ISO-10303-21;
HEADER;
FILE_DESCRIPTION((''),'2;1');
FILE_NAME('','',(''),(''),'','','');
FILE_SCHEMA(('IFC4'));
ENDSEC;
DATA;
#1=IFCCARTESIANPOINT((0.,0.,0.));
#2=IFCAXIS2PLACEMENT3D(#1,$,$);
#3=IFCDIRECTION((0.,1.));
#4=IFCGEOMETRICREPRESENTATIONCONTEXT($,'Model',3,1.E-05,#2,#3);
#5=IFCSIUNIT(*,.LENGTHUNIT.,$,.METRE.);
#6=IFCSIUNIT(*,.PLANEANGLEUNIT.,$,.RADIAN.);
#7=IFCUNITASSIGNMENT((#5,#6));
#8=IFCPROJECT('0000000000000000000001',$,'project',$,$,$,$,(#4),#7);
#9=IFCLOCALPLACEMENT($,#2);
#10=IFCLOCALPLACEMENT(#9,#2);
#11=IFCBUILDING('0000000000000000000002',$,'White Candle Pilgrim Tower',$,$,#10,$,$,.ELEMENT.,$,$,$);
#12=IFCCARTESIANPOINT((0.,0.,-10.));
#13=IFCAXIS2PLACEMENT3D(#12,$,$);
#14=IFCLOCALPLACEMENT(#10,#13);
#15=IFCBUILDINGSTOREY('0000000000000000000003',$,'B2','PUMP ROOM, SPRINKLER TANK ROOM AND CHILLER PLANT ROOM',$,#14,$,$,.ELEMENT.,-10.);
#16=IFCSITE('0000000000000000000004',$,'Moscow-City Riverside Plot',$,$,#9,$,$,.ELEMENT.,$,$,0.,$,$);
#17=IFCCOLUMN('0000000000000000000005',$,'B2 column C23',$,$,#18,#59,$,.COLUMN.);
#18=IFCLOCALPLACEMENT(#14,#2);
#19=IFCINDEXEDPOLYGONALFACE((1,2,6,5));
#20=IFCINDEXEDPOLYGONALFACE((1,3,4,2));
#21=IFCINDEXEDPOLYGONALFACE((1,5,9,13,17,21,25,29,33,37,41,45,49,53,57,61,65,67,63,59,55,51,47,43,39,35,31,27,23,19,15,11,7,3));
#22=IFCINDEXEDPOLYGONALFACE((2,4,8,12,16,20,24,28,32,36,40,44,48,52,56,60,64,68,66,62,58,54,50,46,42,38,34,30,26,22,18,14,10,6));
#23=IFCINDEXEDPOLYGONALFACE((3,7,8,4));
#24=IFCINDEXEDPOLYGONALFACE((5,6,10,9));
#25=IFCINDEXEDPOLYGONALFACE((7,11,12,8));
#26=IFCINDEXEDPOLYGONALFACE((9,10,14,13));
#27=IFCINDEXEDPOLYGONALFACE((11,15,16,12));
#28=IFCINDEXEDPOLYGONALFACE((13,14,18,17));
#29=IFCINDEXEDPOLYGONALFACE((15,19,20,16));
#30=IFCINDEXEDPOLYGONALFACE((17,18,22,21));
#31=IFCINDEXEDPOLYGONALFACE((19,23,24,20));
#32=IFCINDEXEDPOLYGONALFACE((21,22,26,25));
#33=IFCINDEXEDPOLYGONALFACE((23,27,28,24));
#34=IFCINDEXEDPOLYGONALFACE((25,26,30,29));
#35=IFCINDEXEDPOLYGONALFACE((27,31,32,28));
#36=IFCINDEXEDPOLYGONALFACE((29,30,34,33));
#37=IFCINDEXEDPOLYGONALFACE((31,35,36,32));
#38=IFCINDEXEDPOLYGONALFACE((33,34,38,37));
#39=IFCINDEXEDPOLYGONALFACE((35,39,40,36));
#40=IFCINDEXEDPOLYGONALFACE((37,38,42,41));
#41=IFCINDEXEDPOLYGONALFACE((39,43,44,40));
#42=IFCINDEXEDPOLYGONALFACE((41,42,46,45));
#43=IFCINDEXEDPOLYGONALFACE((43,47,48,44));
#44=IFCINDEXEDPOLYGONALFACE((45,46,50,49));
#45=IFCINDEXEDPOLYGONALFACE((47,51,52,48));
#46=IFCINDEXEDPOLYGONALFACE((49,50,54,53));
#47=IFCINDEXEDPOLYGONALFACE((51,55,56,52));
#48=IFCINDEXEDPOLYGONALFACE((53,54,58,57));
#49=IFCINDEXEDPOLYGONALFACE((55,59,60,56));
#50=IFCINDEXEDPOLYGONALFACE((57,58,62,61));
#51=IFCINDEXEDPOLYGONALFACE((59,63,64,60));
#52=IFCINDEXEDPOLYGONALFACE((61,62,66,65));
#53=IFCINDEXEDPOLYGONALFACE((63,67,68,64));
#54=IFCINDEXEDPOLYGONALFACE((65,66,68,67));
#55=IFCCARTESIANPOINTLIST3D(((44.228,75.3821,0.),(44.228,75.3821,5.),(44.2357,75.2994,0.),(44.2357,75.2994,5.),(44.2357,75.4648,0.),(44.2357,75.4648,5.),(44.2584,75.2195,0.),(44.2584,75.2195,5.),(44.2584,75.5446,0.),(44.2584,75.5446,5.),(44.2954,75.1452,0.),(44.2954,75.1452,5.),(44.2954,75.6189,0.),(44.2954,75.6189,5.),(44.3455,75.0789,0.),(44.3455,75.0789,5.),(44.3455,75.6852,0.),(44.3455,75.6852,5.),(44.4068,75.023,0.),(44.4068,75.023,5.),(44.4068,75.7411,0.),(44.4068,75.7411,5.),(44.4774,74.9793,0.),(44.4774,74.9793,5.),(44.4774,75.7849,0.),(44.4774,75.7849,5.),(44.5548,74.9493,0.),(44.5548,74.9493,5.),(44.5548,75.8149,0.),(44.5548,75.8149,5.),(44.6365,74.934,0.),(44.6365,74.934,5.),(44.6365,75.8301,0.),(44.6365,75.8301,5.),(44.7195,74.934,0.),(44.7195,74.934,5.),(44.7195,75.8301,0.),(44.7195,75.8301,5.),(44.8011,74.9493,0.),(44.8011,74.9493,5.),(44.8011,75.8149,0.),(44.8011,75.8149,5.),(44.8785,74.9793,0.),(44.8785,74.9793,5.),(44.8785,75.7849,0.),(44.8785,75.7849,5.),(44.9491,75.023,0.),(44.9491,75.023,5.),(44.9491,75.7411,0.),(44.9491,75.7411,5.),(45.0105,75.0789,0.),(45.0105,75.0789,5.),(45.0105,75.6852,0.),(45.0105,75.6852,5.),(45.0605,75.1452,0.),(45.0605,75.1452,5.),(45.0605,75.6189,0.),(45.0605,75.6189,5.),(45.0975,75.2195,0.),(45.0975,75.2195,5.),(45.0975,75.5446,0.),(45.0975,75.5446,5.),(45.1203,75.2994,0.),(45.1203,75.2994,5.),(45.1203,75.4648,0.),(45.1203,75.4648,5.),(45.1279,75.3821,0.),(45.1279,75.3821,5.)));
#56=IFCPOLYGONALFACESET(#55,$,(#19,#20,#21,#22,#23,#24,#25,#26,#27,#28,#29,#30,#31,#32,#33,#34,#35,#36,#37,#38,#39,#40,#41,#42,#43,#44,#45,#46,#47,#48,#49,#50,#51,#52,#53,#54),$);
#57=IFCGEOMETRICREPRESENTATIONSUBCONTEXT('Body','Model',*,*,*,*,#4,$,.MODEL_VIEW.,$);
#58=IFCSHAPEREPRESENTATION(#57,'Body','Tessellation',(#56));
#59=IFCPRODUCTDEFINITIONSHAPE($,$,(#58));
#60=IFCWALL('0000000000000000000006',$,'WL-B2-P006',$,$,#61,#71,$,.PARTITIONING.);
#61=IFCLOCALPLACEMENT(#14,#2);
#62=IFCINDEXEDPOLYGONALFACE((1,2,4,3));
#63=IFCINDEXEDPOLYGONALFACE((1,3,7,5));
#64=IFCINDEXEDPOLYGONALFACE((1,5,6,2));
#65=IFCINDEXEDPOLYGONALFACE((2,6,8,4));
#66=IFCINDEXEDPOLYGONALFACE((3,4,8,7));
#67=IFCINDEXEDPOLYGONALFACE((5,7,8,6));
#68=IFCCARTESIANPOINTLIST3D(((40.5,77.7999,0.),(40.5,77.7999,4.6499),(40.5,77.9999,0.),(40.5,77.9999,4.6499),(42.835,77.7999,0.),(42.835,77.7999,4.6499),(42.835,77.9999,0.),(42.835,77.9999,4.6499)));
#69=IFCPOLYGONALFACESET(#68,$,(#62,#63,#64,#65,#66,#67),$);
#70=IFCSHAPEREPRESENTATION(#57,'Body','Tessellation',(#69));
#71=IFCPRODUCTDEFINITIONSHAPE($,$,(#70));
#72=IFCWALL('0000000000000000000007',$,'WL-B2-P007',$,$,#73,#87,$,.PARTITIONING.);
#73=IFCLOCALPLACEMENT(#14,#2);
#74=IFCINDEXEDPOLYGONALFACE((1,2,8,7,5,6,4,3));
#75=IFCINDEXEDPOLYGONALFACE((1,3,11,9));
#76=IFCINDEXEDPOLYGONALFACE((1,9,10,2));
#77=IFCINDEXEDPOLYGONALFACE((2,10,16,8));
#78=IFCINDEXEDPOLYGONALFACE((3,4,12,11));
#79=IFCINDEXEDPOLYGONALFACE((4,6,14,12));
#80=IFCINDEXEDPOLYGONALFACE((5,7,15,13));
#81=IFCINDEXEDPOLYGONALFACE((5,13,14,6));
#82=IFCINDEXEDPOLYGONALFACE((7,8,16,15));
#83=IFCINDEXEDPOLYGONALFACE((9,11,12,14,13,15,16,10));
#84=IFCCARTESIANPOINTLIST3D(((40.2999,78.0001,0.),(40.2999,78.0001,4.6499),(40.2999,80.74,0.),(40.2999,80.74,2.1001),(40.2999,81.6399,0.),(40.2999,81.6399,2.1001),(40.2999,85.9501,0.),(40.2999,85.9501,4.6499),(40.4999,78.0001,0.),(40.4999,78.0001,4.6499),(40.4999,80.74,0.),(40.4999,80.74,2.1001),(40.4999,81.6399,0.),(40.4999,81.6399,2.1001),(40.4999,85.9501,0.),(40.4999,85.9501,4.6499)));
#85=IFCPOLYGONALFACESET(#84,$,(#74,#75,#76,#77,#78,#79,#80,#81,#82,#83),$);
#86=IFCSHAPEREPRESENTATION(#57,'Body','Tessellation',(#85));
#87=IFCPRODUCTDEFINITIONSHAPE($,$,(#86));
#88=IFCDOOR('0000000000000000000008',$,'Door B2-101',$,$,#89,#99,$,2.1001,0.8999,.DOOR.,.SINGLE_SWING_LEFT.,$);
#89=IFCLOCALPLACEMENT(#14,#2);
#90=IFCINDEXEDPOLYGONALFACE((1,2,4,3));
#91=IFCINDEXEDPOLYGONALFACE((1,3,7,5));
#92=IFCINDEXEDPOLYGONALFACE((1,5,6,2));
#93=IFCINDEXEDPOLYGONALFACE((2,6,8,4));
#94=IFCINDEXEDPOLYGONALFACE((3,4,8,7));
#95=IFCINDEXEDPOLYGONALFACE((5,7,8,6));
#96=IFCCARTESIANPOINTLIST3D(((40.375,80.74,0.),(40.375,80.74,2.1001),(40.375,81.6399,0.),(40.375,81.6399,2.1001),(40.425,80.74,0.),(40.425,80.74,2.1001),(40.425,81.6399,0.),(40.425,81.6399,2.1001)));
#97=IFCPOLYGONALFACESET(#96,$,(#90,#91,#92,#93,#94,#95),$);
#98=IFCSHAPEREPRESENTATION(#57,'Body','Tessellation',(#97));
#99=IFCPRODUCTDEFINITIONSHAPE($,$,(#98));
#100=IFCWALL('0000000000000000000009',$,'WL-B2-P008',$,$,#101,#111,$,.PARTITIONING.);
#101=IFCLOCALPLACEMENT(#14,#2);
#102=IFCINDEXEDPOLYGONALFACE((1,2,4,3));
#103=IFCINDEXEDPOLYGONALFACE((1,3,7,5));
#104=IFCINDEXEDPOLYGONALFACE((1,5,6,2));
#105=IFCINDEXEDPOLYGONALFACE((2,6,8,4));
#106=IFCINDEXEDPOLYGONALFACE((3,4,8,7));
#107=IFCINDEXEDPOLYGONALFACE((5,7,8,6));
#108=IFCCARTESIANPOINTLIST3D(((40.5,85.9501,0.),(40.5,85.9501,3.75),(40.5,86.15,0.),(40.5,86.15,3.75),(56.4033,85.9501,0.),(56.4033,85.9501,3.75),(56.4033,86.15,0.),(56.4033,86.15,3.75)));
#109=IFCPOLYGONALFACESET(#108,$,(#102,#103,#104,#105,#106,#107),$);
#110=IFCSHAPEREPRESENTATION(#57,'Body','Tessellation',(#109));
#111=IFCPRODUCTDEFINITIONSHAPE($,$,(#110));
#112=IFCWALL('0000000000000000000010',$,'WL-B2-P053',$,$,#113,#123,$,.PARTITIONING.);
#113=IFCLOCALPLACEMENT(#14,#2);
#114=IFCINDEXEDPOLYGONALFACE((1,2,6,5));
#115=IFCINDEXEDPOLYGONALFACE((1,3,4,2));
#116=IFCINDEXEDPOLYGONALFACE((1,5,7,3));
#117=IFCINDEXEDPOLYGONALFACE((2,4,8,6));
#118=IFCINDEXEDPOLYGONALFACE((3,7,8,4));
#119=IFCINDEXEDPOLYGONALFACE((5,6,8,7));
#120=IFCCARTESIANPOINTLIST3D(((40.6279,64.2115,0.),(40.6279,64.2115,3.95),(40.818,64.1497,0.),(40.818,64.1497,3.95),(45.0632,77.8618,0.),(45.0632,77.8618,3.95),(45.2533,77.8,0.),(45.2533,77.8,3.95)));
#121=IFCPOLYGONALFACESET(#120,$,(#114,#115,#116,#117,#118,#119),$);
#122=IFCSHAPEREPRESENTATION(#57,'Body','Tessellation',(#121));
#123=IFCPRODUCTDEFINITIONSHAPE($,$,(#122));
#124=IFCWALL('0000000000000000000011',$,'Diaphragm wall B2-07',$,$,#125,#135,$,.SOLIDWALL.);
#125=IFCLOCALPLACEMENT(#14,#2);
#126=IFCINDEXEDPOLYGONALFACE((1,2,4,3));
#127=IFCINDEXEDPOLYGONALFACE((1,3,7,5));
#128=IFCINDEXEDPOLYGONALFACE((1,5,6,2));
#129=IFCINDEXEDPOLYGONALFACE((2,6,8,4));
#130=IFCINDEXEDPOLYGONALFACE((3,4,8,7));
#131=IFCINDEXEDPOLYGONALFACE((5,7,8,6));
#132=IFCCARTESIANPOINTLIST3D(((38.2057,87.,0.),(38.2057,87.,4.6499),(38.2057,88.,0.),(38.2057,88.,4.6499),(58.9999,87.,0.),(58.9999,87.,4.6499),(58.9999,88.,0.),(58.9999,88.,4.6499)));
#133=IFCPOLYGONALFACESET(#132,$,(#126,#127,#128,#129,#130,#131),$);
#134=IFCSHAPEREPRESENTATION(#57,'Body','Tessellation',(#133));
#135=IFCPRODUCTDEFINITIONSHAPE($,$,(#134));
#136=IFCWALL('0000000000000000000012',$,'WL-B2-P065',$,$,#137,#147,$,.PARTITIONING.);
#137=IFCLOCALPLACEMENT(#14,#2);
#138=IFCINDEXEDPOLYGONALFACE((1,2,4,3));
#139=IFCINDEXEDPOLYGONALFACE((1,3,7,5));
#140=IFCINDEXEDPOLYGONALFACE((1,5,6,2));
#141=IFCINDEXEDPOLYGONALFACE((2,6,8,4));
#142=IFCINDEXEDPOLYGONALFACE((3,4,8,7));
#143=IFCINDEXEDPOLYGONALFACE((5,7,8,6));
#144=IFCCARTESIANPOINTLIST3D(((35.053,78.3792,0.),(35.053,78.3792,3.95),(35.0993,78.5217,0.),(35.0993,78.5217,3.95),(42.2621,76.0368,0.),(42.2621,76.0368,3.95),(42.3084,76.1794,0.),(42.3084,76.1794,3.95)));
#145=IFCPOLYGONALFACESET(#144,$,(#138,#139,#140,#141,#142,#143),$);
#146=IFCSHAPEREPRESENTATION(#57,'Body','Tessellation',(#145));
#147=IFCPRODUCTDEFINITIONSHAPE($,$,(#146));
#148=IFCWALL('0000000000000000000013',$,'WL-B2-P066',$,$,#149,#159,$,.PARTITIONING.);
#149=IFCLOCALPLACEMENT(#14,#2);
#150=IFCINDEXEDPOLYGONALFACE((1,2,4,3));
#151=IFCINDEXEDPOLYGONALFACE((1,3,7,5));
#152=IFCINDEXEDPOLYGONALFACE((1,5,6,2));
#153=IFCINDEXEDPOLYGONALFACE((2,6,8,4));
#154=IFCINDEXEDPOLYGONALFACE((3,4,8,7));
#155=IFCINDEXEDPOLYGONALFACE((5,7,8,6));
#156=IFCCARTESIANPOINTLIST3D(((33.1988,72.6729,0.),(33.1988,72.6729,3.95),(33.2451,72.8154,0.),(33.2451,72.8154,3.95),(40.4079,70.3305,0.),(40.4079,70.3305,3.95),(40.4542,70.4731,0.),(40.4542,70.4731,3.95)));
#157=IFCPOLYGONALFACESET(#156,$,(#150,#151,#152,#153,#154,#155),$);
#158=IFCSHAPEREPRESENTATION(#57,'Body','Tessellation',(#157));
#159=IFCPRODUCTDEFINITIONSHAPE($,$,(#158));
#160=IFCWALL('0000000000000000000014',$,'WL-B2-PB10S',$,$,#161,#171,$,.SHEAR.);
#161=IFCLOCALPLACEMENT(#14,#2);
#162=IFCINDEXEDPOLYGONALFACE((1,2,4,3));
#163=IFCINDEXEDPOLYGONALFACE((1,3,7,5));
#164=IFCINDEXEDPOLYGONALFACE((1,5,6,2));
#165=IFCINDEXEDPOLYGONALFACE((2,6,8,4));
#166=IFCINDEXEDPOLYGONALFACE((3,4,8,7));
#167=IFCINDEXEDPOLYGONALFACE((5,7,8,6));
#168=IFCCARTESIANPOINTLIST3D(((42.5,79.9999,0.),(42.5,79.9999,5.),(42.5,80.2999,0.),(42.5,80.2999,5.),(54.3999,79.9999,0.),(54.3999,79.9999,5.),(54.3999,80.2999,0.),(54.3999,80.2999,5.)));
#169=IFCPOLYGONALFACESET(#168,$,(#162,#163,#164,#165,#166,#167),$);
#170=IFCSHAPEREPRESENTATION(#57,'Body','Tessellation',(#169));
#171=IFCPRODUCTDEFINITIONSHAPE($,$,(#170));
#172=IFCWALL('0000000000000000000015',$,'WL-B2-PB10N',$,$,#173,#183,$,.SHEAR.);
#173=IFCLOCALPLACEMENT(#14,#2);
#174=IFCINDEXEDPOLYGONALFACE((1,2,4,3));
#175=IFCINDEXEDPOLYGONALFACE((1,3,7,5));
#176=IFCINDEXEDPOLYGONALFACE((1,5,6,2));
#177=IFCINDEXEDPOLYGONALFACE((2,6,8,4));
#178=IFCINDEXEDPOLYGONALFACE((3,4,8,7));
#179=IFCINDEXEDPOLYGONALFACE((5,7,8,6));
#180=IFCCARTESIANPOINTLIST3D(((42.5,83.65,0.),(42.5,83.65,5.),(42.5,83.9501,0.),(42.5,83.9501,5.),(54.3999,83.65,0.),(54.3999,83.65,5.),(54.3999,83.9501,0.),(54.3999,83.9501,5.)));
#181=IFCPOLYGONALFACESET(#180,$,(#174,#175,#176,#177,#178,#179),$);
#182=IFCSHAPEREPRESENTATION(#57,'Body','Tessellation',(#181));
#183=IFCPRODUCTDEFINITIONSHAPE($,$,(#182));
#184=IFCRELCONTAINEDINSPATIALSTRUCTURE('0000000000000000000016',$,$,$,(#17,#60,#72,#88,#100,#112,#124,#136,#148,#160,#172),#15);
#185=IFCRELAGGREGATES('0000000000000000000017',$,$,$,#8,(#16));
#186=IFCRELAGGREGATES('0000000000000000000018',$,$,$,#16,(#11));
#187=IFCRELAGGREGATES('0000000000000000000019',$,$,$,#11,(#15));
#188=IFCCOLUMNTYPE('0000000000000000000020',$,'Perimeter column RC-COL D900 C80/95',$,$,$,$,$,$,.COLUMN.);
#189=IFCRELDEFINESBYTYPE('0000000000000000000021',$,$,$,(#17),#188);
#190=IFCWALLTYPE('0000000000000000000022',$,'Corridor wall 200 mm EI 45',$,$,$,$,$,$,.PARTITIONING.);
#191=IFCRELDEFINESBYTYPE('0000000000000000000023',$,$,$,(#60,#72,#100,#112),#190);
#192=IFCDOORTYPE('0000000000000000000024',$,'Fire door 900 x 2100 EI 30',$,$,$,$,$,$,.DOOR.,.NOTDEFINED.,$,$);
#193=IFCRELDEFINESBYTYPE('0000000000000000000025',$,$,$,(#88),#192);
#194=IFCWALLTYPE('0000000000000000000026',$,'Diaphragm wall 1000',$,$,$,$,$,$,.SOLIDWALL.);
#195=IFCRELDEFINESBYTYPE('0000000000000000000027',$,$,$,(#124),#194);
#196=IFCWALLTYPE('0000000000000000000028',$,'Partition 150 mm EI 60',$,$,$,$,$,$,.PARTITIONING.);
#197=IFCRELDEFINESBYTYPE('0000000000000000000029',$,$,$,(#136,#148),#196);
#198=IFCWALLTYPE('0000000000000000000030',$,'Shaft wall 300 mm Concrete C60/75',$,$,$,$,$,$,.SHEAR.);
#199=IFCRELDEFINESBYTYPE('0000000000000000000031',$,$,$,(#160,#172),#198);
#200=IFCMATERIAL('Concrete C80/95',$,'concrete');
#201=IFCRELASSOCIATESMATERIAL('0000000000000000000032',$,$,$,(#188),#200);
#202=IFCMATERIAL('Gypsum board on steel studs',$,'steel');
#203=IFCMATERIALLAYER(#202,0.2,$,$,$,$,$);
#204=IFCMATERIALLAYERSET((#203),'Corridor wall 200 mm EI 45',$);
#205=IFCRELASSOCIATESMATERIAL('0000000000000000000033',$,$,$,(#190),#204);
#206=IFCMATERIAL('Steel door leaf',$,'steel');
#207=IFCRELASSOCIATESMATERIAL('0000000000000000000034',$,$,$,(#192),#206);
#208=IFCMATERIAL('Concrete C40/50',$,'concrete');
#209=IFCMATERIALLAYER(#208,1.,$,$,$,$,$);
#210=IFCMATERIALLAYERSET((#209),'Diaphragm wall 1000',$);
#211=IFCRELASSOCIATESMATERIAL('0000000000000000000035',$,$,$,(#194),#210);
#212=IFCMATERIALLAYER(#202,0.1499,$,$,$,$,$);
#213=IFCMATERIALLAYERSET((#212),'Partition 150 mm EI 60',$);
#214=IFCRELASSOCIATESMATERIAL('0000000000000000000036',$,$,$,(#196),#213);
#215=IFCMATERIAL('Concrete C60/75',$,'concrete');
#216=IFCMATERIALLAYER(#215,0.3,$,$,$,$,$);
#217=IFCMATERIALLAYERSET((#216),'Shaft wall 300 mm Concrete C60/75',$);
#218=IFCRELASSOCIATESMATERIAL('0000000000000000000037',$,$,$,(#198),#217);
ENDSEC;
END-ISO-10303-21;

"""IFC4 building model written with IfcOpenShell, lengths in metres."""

from ifc_helpers import new_model, si_unit, direction, frame, frame_2d, origin, origin_2d, place, context, subcontext, project, spatial, rectangle, circle, extrude, material, layer, layer_set, material_profile, profile_set, type_object, element, fill, save


model = new_model("IFC4")

# Units and contexts
model_context = context("Model", 3, precision=1e-05, world=origin(), true_north=direction((0.0, 1.0)))
body_context = subcontext(model_context, "Body", "Model", "MODEL_VIEW")
ifc_project = project(units=[si_unit("LENGTHUNIT", "METRE"), si_unit("PLANEANGLEUNIT", "RADIAN")], contexts=[model_context])

# Site, building, storey
site_placement = place(None, origin())
site = spatial("IfcSite", under=ifc_project, at=site_placement, Name="Moscow-City Riverside Plot", CompositionType="ELEMENT", RefElevation=0.0)
building_placement = place(site_placement, origin())
building = spatial("IfcBuilding", under=site, at=building_placement, Name="White Candle Pilgrim Tower", CompositionType="ELEMENT")
storey_placement = place(building_placement, frame((0.0, 0.0, -10.0)))
storey = spatial("IfcBuildingStorey", under=building, at=storey_placement, Name="B2", Description="PUMP ROOM, SPRINKLER TANK ROOM AND CHILLER PLANT ROOM", CompositionType="ELEMENT", Elevation=-10.0)

# Shared definitions
ifc_material_1 = material(Name="Concrete C40/50", Category="concrete")

# Column
ifc_material_2 = material(Name="Concrete C80/95", Category="concrete")
ifc_material_profile_1 = material_profile(ifc_material_2, circle(Radius=0.45, at=origin_2d()), Name="RC-COL D900")
ifc_profile_set_1 = profile_set([ifc_material_profile_1], Name="Concrete C80/95")
column_type = type_object("IfcColumnType", Name="Perimeter column RC-COL D900 C80/95", PredefinedType="COLUMN", material=ifc_profile_set_1)
for number, where, z_axis, x_axis, name in (
    (1, (44.678, 75.3821, 0.0), (0.0, 0.0, 1.0), (1.0, 0.0, 0.0), "B2 column C23"),
):
    element("IfcColumn", number, at=place(storey_placement, frame(where, z_axis=z_axis, x_axis=x_axis)), inside=storey, type_object=column_type, Name=name, PredefinedType="COLUMN", context=body_context, shape_type="SweptSolid", body=[
        extrude(circle(Radius=0.45, at=origin_2d()), origin(), (0.0, 0.0, 1.0), 5.0),
    ])

# Wall
ifc_material_3 = material(Name="Gypsum board on steel studs", Category="steel")
ifc_layer_1 = layer(ifc_material_3, 0.2)
ifc_layer_set_1 = layer_set([ifc_layer_1], Name="Corridor wall 200 mm EI 45")
wall_type_1 = type_object("IfcWallType", Name="Corridor wall 200 mm EI 45", PredefinedType="PARTITIONING", material=ifc_layer_set_1)
wall_1_placement = place(storey_placement, frame((42.835, 77.8999, 0.0), z_axis=(0.0, 0.0, 1.0), x_axis=(-1.0, 0.0, 0.0)))
element("IfcWall", 2, at=wall_1_placement, inside=storey, type_object=wall_type_1, Name="WL-B2-P006", PredefinedType="PARTITIONING", context=body_context, shape_type="SweptSolid", body=[
    extrude(rectangle(XDim=2.335, YDim=0.2, at=frame_2d((1.1675, 0.0))), origin(), (0.0, 0.0, 1.0), 4.6499),
])

# Wall, opening, door
wall_2_placement = place(storey_placement, frame((40.3999, 78.0, 0.0), z_axis=(0.0, 0.0, 1.0), x_axis=(0.0, 1.0, 0.0)))
wall_2 = element("IfcWall", 3, at=wall_2_placement, inside=storey, type_object=wall_type_1, Name="WL-B2-P007", PredefinedType="PARTITIONING", context=body_context, shape_type="SweptSolid", body=[
    extrude(rectangle(XDim=7.95, YDim=0.2, at=frame_2d((3.9751, 0.0))), origin(), (0.0, 0.0, 1.0), 4.6499),
])
opening_placement = place(wall_2_placement, frame((2.74, 0.0, 0.0)))
opening = element("IfcOpeningElement", 4, at=opening_placement, cuts=wall_2, PredefinedType="OPENING", context=body_context, shape_type="SweptSolid", body=[
    extrude(rectangle(XDim=0.8999, YDim=2.1001, at=frame_2d((0.45, 1.05))), frame((0.0, 0.1099, 0.0), z_axis=(0.0, -1.0, 0.0), x_axis=(1.0, 0.0, 0.0)), (0.0, 0.0, 1.0), 0.22),
])
ifc_material_4 = material(Name="Steel door leaf", Category="steel")
door_type = type_object("IfcDoorType", Name="Fire door 900 x 2100 EI 30", OperationType="NOTDEFINED", PredefinedType="DOOR", material=ifc_material_4)
door_placement = place(opening_placement, origin())
door = element("IfcDoor", 5, at=door_placement, inside=storey, type_object=door_type, Name="Door B2-101", OperationType="SINGLE_SWING_LEFT", OverallHeight=2.1001, OverallWidth=0.8999, PredefinedType="DOOR", context=body_context, shape_type="SweptSolid", body=[
    extrude(rectangle(XDim=0.8999, YDim=2.1001, at=frame_2d((0.45, 1.05))), frame((0.0, 0.0249, 0.0), z_axis=(0.0, -1.0, 0.0), x_axis=(1.0, 0.0, 0.0)), (0.0, 0.0, 1.0), 0.05),
])
fill(opening, door)

# Walls
wall_3_placement = place(storey_placement, frame((40.5, 86.05, 0.0), z_axis=(0.0, 0.0, 1.0), x_axis=(1.0, 0.0, 0.0)))
element("IfcWall", 6, at=wall_3_placement, inside=storey, type_object=wall_type_1, Name="WL-B2-P008", PredefinedType="PARTITIONING", context=body_context, shape_type="SweptSolid", body=[
    extrude(rectangle(XDim=15.9033, YDim=0.2, at=frame_2d((7.9517, 0.0))), origin(), (0.0, 0.0, 1.0), 3.75),
])
wall_4_placement = place(storey_placement, frame((45.1582, 77.8308, 0.0), z_axis=(0.0, 0.0, 1.0), x_axis=(-0.309018, -0.951056, 0.0)))
element("IfcWall", 7, at=wall_4_placement, inside=storey, type_object=wall_type_1, Name="WL-B2-P053", PredefinedType="PARTITIONING", context=body_context, shape_type="SweptSolid", body=[
    extrude(rectangle(XDim=14.3528, YDim=0.2, at=frame_2d((7.1763, 0.0))), origin(), (0.0, 0.0, 1.0), 3.95),
])
ifc_layer_2 = layer(ifc_material_1, 1.0)
ifc_layer_set_2 = layer_set([ifc_layer_2], Name="Diaphragm wall 1000")
wall_type_2 = type_object("IfcWallType", Name="Diaphragm wall 1000", PredefinedType="SOLIDWALL", material=ifc_layer_set_2)
wall_5_placement = place(storey_placement, frame((38.2058, 87.5, 0.0), z_axis=(0.0, 0.0, 1.0), x_axis=(1.0, 0.0, 0.0)))
element("IfcWall", 8, at=wall_5_placement, inside=storey, type_object=wall_type_2, Name="Diaphragm wall B2-07", PredefinedType="SOLIDWALL", context=body_context, shape_type="SweptSolid", body=[
    extrude(rectangle(XDim=20.7942, YDim=1.0, at=frame_2d((10.397, 0.0))), origin(), (0.0, 0.0, 1.0), 4.6499),
])
ifc_layer_3 = layer(ifc_material_3, 0.1499)
ifc_layer_set_3 = layer_set([ifc_layer_3], Name="Partition 150 mm EI 60")
wall_type_3 = type_object("IfcWallType", Name="Partition 150 mm EI 60", PredefinedType="PARTITIONING", material=ifc_layer_set_3)
for number, where, z_axis, x_axis, name in (
    (9, (35.0762, 78.4504, 0.0), (0.0, 0.0, 1.0), (0.951059, -0.30901, 0.0), "WL-B2-P065"),
    (10, (33.2219, 72.7441, 0.0), (0.0, 0.0, 1.0), (0.951059, -0.30901, 0.0), "WL-B2-P066"),
):
    element("IfcWall", number, at=place(storey_placement, frame(where, z_axis=z_axis, x_axis=x_axis)), inside=storey, type_object=wall_type_3, Name=name, PredefinedType="PARTITIONING", context=body_context, shape_type="SweptSolid", body=[
        extrude(rectangle(XDim=7.5801, YDim=0.1499, at=frame_2d((3.79, 0.0))), origin(), (0.0, 0.0, 1.0), 3.95),
    ])
ifc_material_5 = material(Name="Concrete C60/75", Category="concrete")
ifc_layer_4 = layer(ifc_material_5, 0.3)
ifc_layer_set_4 = layer_set([ifc_layer_4], Name="Shaft wall 300 mm Concrete C60/75")
wall_type_4 = type_object("IfcWallType", Name="Shaft wall 300 mm Concrete C60/75", PredefinedType="SHEAR", material=ifc_layer_set_4)
for number, where, z_axis, x_axis, name in (
    (11, (42.5, 80.1499, 0.0), (0.0, 0.0, 1.0), (1.0, 0.0, 0.0), "WL-B2-PB10S"),
    (12, (42.5, 83.8, 0.0), (0.0, 0.0, 1.0), (1.0, 0.0, 0.0), "WL-B2-PB10N"),
):
    element("IfcWall", number, at=place(storey_placement, frame(where, z_axis=z_axis, x_axis=x_axis)), inside=storey, type_object=wall_type_4, Name=name, PredefinedType="SHEAR", context=body_context, shape_type="SweptSolid", body=[
        extrude(rectangle(XDim=11.8999, YDim=0.3, at=frame_2d((5.95, 0.0))), origin(), (0.0, 0.0, 1.0), 5.0),
    ])

save(model, "model.ifc")
